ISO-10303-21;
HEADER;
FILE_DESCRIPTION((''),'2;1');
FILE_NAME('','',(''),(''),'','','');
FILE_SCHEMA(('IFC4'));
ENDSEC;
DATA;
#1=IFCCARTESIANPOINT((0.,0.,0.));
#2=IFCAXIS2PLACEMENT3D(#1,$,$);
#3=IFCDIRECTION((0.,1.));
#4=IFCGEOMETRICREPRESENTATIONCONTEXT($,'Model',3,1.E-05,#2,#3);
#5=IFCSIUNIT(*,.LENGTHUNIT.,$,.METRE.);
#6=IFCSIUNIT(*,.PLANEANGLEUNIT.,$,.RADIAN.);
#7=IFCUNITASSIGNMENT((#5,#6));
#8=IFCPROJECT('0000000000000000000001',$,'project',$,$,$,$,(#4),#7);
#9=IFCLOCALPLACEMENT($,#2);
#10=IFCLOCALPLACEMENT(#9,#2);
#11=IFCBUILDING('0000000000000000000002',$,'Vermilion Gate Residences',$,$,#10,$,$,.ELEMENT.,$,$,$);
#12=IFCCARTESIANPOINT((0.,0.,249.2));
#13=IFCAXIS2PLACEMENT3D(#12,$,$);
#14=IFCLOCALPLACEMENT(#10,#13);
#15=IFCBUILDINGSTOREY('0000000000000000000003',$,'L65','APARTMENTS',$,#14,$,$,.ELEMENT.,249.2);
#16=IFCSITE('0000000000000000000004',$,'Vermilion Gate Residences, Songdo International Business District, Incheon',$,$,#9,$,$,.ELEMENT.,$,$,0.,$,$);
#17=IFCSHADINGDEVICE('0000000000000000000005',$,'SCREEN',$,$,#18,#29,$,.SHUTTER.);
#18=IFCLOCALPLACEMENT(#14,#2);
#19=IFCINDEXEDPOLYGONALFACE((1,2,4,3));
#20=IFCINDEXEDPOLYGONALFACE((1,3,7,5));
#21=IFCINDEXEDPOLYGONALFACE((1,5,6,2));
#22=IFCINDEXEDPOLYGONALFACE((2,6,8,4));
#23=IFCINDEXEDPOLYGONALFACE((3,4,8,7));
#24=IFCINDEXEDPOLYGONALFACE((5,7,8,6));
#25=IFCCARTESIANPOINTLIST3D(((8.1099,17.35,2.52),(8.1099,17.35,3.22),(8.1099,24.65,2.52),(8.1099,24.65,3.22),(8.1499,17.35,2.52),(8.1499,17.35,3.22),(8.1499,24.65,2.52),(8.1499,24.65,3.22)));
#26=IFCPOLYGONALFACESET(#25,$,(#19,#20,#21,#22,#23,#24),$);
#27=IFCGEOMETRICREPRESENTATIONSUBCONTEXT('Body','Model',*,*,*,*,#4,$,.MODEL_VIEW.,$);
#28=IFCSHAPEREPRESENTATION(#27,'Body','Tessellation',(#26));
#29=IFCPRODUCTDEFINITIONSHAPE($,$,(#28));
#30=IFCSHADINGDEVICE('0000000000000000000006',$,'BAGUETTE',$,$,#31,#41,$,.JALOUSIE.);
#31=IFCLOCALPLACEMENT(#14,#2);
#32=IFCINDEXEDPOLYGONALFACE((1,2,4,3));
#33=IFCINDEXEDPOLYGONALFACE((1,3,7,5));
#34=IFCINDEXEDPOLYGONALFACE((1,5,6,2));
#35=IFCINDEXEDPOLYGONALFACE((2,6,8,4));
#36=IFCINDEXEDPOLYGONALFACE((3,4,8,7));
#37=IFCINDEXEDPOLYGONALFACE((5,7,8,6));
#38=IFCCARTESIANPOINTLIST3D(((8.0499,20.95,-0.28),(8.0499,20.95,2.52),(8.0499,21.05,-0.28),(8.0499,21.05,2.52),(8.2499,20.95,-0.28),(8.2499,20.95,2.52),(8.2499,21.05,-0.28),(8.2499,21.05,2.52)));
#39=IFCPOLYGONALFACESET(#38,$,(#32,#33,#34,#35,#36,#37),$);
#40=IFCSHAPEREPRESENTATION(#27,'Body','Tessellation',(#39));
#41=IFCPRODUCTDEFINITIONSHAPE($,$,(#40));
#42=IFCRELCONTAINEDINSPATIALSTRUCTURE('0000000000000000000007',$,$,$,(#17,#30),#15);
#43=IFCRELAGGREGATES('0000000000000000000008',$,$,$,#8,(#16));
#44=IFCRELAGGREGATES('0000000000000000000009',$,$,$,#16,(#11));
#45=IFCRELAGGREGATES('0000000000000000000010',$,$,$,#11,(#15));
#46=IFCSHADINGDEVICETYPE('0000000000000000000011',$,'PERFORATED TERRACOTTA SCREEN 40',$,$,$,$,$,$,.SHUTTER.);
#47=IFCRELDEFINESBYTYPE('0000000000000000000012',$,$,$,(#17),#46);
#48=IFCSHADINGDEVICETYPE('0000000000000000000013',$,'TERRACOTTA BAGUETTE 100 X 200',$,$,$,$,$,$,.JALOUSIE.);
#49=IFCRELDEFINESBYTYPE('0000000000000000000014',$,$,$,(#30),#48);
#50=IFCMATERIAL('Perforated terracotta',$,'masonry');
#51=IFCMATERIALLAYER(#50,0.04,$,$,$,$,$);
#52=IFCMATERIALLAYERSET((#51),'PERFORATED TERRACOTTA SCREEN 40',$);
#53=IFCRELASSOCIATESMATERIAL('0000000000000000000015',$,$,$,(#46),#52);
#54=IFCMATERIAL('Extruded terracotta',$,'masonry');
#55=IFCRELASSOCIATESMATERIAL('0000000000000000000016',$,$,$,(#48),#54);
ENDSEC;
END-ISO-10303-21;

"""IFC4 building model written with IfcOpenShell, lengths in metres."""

from ifc_helpers import new_model, si_unit, direction, frame, origin, origin_2d, place, context, subcontext, project, spatial, rectangle, extrude, material, layer, layer_set, material_profile, profile_set, type_object, element, save


model = new_model("IFC4")

# Units and contexts
model_context = context("Model", 3, precision=1e-05, world=origin(), true_north=direction((0.0, 1.0)))
body_context = subcontext(model_context, "Body", "Model", "MODEL_VIEW")
ifc_project = project(units=[si_unit("LENGTHUNIT", "METRE"), si_unit("PLANEANGLEUNIT", "RADIAN")], contexts=[model_context])

# Site, building, storey
site_placement = place(None, origin())
site = spatial("IfcSite", under=ifc_project, at=site_placement, Name="Vermilion Gate Residences, Songdo International Business District, Incheon", CompositionType="ELEMENT", RefElevation=0.0)
building_placement = place(site_placement, origin())
building = spatial("IfcBuilding", under=site, at=building_placement, Name="Vermilion Gate Residences", CompositionType="ELEMENT")
storey_placement = place(building_placement, frame((0.0, 0.0, 249.2)))
storey = spatial("IfcBuildingStorey", under=building, at=storey_placement, Name="L65", Description="APARTMENTS", CompositionType="ELEMENT", Elevation=249.2)

# Shading devices
ifc_material_1 = material(Name="Perforated terracotta", Category="masonry")
ifc_layer_1 = layer(ifc_material_1, 0.04)
ifc_layer_set_1 = layer_set([ifc_layer_1], Name="PERFORATED TERRACOTTA SCREEN 40")
shading_device_type_1 = type_object("IfcShadingDeviceType", Name="PERFORATED TERRACOTTA SCREEN 40", PredefinedType="SHUTTER", material=ifc_layer_set_1)
shading_device_1_placement = place(storey_placement, frame((8.1299, 21.0, 2.52), z_axis=(0.0, 0.0, 1.0), x_axis=(0.0, -1.0, 0.0)))
element("IfcShadingDevice", 1, at=shading_device_1_placement, inside=storey, type_object=shading_device_type_1, Name="SCREEN", PredefinedType="SHUTTER", context=body_context, shape_type="SweptSolid", body=[
    extrude(rectangle(XDim=7.3, YDim=0.04, at=origin_2d()), origin(), (0.0, 0.0, 1.0), 0.7),
])
ifc_material_2 = material(Name="Extruded terracotta", Category="masonry")
ifc_material_profile_1 = material_profile(ifc_material_2, rectangle(XDim=0.2, YDim=0.1001, at=origin_2d()), Name="BAGUETTE 100 X 200")
ifc_profile_set_1 = profile_set([ifc_material_profile_1], Name="Extruded terracotta")
shading_device_type_2 = type_object("IfcShadingDeviceType", Name="TERRACOTTA BAGUETTE 100 X 200", PredefinedType="JALOUSIE", material=ifc_profile_set_1)
shading_device_2_placement = place(storey_placement, frame((8.1499, 21.0, -0.28), z_axis=(0.0, 0.0, 1.0), x_axis=(1.0, 0.0, 0.0)))
element("IfcShadingDevice", 2, at=shading_device_2_placement, inside=storey, type_object=shading_device_type_2, Name="BAGUETTE", PredefinedType="JALOUSIE", context=body_context, shape_type="SweptSolid", body=[
    extrude(rectangle(XDim=0.2, YDim=0.1001, at=origin_2d()), origin(), (0.0, 0.0, 1.0), 2.8),
])

save(model, "model.ifc")
